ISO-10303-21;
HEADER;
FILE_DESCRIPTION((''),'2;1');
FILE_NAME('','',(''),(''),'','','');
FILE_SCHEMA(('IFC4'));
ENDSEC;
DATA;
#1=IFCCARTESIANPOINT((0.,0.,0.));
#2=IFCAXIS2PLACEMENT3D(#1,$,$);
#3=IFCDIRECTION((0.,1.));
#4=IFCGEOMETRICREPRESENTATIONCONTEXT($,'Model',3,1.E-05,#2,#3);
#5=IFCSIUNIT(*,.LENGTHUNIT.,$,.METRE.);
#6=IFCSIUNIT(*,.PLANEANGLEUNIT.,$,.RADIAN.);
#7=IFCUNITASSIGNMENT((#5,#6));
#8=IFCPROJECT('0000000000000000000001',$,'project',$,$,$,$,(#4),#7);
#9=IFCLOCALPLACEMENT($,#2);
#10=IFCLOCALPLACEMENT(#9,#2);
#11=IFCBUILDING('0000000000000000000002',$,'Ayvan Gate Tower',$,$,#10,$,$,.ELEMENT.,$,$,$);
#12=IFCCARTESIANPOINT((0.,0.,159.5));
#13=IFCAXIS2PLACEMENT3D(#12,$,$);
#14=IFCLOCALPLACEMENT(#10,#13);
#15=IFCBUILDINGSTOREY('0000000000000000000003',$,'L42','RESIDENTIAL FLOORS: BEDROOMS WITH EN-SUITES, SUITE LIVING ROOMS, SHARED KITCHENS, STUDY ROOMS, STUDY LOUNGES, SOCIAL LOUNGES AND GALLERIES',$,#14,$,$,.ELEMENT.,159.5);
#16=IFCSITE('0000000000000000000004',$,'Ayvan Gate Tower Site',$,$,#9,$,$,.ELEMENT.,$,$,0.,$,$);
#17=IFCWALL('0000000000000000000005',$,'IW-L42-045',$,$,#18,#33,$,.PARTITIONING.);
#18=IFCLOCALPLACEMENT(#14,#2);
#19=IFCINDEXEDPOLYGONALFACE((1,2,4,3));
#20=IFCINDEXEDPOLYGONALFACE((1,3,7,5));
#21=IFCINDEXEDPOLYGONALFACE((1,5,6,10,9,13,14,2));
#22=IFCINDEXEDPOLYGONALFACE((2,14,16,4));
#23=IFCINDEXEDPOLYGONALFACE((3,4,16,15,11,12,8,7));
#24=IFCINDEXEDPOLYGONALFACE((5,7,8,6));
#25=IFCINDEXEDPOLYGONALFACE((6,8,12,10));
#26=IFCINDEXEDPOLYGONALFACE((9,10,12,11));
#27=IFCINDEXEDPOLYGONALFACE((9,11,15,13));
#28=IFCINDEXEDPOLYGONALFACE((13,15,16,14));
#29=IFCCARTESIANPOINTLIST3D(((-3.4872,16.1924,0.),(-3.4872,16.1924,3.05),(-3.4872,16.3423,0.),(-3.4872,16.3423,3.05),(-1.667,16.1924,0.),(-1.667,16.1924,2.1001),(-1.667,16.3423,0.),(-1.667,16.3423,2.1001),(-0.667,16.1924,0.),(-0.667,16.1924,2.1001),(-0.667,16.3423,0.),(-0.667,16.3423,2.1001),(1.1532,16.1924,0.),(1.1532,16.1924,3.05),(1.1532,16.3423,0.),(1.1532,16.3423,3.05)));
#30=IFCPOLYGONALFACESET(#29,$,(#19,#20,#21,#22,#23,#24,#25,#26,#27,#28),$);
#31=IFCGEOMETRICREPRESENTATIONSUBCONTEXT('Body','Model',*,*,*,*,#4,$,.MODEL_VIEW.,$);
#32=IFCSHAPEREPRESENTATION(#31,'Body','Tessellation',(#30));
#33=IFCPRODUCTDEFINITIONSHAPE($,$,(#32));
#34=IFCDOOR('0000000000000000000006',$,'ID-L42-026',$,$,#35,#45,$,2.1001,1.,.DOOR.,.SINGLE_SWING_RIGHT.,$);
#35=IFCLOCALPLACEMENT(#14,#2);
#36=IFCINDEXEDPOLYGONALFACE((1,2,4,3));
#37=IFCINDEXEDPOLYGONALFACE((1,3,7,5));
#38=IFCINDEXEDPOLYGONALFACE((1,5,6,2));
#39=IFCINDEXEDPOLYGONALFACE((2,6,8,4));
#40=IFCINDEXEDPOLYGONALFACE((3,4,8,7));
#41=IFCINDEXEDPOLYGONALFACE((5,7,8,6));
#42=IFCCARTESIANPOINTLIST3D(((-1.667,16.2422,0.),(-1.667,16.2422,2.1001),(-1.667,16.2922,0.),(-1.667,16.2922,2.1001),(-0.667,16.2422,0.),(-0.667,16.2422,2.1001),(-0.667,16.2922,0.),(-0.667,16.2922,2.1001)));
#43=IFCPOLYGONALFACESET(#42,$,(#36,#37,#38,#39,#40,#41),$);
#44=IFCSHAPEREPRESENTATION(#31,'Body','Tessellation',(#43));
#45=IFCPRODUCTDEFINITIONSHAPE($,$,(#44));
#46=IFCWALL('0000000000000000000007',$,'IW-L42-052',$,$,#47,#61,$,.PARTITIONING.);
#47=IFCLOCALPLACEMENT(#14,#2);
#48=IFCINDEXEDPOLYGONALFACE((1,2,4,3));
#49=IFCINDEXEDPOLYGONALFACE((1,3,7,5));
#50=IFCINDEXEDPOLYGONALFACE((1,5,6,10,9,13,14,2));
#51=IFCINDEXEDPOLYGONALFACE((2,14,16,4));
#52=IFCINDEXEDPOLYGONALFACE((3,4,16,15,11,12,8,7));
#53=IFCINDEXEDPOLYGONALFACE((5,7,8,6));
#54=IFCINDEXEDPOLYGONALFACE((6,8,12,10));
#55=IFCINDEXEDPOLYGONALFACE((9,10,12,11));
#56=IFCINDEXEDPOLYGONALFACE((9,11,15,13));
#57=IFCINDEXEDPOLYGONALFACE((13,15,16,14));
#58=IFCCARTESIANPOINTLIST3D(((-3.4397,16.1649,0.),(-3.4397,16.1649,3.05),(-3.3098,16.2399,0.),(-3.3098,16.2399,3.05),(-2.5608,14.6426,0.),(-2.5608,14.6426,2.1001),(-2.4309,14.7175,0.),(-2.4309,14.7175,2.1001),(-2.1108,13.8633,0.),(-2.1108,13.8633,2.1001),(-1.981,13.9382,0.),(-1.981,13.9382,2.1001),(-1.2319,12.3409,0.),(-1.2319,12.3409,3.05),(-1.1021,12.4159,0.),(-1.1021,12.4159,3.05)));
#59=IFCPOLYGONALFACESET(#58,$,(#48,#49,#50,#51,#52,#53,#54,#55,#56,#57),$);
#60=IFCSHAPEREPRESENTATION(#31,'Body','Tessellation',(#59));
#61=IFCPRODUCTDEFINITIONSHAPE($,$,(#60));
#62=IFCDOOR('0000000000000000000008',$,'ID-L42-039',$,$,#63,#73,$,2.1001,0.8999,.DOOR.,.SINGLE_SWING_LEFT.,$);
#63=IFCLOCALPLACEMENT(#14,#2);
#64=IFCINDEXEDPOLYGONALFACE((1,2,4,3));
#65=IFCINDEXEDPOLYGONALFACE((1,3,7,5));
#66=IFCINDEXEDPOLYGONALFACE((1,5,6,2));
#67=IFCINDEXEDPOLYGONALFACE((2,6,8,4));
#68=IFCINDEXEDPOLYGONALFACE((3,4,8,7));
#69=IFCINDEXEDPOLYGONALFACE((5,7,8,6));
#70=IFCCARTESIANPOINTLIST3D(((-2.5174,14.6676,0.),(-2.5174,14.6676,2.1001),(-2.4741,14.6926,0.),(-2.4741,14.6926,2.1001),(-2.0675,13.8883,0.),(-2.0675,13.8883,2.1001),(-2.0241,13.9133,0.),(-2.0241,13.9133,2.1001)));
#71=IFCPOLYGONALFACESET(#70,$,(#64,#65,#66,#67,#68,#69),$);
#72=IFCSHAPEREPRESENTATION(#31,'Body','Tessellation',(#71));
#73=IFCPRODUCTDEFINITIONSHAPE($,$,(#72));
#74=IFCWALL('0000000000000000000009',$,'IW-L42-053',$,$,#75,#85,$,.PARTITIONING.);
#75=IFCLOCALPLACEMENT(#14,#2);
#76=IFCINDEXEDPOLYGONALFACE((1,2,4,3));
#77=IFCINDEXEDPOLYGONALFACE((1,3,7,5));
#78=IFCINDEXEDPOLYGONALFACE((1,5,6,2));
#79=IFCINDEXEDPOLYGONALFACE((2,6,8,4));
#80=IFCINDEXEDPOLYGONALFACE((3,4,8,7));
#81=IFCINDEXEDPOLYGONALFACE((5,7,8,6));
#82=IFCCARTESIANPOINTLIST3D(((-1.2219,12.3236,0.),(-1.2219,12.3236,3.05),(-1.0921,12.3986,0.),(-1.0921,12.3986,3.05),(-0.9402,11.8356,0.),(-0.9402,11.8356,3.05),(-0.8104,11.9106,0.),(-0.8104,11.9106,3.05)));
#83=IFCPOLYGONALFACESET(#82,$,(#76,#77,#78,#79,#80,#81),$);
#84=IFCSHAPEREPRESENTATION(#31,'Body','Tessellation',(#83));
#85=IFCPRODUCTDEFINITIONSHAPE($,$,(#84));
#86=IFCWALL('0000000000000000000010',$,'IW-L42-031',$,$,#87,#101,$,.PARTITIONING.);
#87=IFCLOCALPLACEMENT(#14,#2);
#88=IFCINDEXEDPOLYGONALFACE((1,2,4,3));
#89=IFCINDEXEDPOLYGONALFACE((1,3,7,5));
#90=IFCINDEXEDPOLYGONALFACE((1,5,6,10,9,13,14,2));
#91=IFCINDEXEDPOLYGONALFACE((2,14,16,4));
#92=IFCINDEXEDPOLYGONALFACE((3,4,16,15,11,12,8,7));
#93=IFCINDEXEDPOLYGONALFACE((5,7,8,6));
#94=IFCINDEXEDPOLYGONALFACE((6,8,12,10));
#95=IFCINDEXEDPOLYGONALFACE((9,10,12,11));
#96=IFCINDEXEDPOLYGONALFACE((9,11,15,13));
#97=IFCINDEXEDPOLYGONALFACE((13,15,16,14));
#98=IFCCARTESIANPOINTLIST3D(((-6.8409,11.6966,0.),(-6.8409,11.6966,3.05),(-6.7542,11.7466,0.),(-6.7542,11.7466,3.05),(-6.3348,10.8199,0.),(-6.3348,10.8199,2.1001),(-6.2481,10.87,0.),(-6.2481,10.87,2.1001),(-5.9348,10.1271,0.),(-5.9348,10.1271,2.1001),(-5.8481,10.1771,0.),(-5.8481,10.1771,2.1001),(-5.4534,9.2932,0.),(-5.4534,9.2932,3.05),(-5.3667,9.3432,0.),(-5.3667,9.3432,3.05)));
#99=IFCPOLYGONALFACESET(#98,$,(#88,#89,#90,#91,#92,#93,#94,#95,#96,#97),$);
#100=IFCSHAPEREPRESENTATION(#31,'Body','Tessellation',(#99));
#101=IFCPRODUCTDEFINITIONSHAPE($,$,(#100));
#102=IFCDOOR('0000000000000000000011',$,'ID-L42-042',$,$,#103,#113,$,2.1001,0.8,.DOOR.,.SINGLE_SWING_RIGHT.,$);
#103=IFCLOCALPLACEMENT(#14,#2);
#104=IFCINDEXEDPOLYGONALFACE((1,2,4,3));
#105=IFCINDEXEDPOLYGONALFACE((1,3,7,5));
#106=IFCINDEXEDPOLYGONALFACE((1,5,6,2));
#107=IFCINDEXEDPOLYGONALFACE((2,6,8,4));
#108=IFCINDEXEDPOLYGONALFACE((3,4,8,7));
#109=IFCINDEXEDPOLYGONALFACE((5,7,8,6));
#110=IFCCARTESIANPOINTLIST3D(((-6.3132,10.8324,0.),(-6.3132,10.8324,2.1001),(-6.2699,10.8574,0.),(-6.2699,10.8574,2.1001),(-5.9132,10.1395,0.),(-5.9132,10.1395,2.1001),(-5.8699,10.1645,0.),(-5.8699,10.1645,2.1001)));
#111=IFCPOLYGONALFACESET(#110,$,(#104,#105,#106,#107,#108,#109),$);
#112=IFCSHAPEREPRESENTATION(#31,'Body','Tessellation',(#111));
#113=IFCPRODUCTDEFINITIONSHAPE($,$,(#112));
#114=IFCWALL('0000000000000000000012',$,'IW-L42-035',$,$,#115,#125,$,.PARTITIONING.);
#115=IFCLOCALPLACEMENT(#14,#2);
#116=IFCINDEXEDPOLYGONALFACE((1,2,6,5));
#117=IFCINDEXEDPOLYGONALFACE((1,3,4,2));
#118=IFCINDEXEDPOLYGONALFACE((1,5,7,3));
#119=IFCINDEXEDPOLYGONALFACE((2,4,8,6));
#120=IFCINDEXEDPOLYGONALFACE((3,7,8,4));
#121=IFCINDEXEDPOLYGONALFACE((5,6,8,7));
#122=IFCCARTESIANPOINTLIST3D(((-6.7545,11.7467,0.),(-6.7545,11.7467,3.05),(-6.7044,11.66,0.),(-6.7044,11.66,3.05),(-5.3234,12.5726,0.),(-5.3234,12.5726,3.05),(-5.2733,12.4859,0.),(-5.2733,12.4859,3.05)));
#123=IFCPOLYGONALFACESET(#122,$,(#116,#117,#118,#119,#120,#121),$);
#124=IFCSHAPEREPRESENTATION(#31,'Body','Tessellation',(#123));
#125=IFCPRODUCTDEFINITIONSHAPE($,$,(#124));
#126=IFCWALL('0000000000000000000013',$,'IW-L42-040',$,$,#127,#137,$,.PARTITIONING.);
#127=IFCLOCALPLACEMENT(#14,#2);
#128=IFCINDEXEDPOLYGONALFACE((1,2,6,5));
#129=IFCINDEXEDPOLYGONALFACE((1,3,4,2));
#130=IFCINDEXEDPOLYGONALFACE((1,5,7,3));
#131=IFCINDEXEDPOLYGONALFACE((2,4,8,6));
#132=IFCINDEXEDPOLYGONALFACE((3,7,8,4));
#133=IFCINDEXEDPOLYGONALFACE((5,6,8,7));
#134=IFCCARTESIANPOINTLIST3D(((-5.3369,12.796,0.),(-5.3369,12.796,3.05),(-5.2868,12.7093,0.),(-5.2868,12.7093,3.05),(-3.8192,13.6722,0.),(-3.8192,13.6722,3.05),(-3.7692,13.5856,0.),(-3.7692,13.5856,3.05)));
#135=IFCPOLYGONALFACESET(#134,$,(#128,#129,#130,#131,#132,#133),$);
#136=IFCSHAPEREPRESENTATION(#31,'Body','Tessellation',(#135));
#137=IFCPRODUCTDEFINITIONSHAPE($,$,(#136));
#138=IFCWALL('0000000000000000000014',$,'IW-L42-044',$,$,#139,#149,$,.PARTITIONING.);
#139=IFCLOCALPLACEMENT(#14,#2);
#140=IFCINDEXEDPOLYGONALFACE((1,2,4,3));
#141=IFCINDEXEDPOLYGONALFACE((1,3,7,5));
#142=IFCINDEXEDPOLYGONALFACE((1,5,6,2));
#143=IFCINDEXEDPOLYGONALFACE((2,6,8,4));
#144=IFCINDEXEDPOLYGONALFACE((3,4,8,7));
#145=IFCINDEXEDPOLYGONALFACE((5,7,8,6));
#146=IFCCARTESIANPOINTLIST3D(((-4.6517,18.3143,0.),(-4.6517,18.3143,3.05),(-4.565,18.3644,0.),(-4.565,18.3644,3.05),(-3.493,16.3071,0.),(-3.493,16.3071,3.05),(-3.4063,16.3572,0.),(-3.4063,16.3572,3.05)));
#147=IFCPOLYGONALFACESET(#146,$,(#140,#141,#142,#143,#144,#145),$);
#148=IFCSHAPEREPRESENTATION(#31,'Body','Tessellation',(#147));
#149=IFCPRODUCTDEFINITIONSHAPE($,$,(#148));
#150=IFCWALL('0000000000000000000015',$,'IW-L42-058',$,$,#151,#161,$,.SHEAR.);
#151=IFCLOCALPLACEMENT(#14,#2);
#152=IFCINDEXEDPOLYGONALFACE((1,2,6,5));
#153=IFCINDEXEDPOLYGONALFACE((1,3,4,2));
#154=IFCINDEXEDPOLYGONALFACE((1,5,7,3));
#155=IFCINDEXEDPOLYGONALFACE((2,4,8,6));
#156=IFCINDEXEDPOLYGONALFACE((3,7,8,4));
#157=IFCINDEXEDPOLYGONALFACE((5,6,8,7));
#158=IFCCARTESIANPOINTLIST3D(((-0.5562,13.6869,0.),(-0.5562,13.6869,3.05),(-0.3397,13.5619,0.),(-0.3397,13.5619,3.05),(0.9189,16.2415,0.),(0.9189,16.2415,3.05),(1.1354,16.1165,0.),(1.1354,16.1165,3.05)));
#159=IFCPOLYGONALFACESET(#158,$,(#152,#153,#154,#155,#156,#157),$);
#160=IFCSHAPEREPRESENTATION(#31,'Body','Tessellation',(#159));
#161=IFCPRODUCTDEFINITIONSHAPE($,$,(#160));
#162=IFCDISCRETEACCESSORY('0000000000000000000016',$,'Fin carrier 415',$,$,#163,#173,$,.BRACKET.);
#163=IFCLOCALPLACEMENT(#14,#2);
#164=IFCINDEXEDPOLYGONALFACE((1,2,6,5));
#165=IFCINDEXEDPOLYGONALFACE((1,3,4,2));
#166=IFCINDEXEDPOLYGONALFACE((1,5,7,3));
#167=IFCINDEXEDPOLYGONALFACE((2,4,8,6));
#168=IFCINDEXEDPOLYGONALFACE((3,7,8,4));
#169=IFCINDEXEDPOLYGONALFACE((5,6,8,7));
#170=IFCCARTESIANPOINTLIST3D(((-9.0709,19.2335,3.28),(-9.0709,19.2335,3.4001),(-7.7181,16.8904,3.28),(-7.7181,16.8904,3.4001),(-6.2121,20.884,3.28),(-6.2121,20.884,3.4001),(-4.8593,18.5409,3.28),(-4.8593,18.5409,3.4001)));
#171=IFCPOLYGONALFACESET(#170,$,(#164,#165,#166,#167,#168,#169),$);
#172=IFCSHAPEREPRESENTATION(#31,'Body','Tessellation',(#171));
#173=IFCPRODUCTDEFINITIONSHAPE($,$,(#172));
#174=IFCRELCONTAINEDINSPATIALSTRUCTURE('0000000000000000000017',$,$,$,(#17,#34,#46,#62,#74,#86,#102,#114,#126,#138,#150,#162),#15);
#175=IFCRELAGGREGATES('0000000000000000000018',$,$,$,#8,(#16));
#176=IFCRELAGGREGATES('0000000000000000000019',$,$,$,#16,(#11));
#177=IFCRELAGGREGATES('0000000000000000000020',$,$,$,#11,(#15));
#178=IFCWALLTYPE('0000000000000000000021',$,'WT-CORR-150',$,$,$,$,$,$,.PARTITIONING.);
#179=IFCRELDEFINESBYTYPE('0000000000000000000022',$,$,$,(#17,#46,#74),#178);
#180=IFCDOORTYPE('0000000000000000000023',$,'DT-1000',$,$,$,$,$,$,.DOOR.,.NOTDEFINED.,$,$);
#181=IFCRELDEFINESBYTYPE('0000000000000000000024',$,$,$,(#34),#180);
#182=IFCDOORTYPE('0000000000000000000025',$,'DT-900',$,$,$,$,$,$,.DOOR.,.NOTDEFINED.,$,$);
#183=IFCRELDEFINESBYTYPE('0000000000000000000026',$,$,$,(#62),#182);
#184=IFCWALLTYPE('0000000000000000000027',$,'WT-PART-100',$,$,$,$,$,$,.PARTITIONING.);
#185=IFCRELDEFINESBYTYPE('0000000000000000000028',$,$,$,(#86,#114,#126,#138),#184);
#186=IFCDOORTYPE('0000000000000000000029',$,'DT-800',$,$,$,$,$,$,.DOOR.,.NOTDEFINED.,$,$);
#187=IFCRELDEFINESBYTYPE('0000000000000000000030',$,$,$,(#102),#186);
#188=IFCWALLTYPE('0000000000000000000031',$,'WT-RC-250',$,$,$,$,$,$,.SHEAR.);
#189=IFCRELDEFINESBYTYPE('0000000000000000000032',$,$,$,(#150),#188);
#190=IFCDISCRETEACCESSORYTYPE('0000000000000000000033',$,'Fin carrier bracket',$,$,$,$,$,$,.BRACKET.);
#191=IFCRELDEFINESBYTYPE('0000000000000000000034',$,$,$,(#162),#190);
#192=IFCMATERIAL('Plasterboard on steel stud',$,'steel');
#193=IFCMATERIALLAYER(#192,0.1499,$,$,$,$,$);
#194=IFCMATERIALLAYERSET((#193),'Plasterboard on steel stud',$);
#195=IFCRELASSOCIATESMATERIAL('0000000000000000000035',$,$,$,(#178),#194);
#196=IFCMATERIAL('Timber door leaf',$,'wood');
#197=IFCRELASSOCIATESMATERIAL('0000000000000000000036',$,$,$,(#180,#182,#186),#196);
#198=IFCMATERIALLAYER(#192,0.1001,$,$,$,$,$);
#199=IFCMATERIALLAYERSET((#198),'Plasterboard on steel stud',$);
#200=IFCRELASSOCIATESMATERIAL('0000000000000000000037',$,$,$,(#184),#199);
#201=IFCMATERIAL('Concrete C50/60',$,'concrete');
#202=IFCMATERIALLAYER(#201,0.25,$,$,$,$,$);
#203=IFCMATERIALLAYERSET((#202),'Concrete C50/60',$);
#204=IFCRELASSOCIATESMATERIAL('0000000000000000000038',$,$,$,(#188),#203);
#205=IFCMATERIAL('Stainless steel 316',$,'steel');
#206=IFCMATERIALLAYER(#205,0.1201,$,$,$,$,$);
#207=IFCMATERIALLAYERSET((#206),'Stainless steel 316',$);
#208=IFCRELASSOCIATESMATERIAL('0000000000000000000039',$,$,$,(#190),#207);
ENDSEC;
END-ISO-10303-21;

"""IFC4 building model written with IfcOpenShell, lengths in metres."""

from ifc_helpers import new_model, si_unit, direction, frame, frame_2d, origin, origin_2d, place, context, subcontext, project, spatial, rectangle, extrude, material, layer, layer_set, type_object, element, fill, save


model = new_model("IFC4")

# Units and contexts
model_context = context("Model", 3, precision=1e-05, world=origin(), true_north=direction((0.0, 1.0)))
body_context = subcontext(model_context, "Body", "Model", "MODEL_VIEW")
ifc_project = project(units=[si_unit("LENGTHUNIT", "METRE"), si_unit("PLANEANGLEUNIT", "RADIAN")], contexts=[model_context])

# Site, building, storey
site_placement = place(None, origin())
site = spatial("IfcSite", under=ifc_project, at=site_placement, Name="Ayvan Gate Tower Site", CompositionType="ELEMENT", RefElevation=0.0)
building_placement = place(site_placement, origin())
building = spatial("IfcBuilding", under=site, at=building_placement, Name="Ayvan Gate Tower", CompositionType="ELEMENT")
storey_placement = place(building_placement, frame((0.0, 0.0, 159.5)))
storey = spatial("IfcBuildingStorey", under=building, at=storey_placement, Name="L42", Description="RESIDENTIAL FLOORS: BEDROOMS WITH EN-SUITES, SUITE LIVING ROOMS, SHARED KITCHENS, STUDY ROOMS, STUDY LOUNGES, SOCIAL LOUNGES AND GALLERIES", CompositionType="ELEMENT", Elevation=159.5)

# Walls, openings, doors
ifc_material_1 = material(Name="Plasterboard on steel stud", Category="steel")
ifc_layer_1 = layer(ifc_material_1, 0.1499)
ifc_layer_set_1 = layer_set([ifc_layer_1], Name="Plasterboard on steel stud")
wall_type_1 = type_object("IfcWallType", Name="WT-CORR-150", PredefinedType="PARTITIONING", material=ifc_layer_set_1)
wall_1_placement = place(storey_placement, frame((-3.4873, 16.2673, 0.0), z_axis=(0.0, 0.0, 1.0), x_axis=(1.0, 0.0, 0.0)))
wall_1 = element("IfcWall", 1, at=wall_1_placement, inside=storey, type_object=wall_type_1, Name="IW-L42-045", PredefinedType="PARTITIONING", context=body_context, shape_type="SweptSolid", body=[
    extrude(rectangle(XDim=4.6404, YDim=0.1499, at=frame_2d((2.3203, 0.0))), origin(), (0.0, 0.0, 1.0), 3.05),
])
opening_1_placement = place(wall_1_placement, frame((1.8203, 0.0, 0.0)))
opening_1 = element("IfcOpeningElement", 2, at=opening_1_placement, cuts=wall_1, PredefinedType="OPENING", context=body_context, shape_type="SweptSolid", body=[
    extrude(rectangle(XDim=1.0, YDim=2.1001, at=frame_2d((0.5, 1.05))), frame((0.0, 0.085, 0.0), z_axis=(0.0, -1.0, 0.0), x_axis=(1.0, 0.0, 0.0)), (0.0, 0.0, 1.0), 0.1699),
])
ifc_material_2 = material(Name="Timber door leaf", Category="wood")
door_type_1 = type_object("IfcDoorType", Name="DT-1000", OperationType="NOTDEFINED", PredefinedType="DOOR", material=ifc_material_2)
door_1_placement = place(opening_1_placement, origin())
door_1 = element("IfcDoor", 3, at=door_1_placement, inside=storey, type_object=door_type_1, Name="ID-L42-026", OperationType="SINGLE_SWING_RIGHT", OverallHeight=2.1001, OverallWidth=1.0, PredefinedType="DOOR", context=body_context, shape_type="SweptSolid", body=[
    extrude(rectangle(XDim=1.0, YDim=2.1001, at=frame_2d((0.5, 1.05))), frame((0.0, 0.0249, 0.0), z_axis=(0.0, -1.0, 0.0), x_axis=(1.0, 0.0, 0.0)), (0.0, 0.0, 1.0), 0.05),
])
fill(opening_1, door_1)
wall_2_placement = place(storey_placement, frame((-1.167, 12.3784, 0.0), z_axis=(0.0, 0.0, 1.0), x_axis=(-0.499998, 0.866026, 0.0)))
wall_2 = element("IfcWall", 4, at=wall_2_placement, inside=storey, type_object=wall_type_1, Name="IW-L42-052", PredefinedType="PARTITIONING", context=body_context, shape_type="SweptSolid", body=[
    extrude(rectangle(XDim=4.4155, YDim=0.1499, at=frame_2d((2.2078, 0.0))), origin(), (0.0, 0.0, 1.0), 3.05),
])
opening_2_placement = place(wall_2_placement, frame((1.7578, 0.0, 0.0)))
opening_2 = element("IfcOpeningElement", 5, at=opening_2_placement, cuts=wall_2, PredefinedType="OPENING", context=body_context, shape_type="SweptSolid", body=[
    extrude(rectangle(XDim=0.8999, YDim=2.1001, at=frame_2d((0.45, 1.05))), frame((0.0, 0.085, 0.0), z_axis=(0.0, -1.0, 0.0), x_axis=(1.0, 0.0, 0.0)), (0.0, 0.0, 1.0), 0.1699),
])
door_type_2 = type_object("IfcDoorType", Name="DT-900", OperationType="NOTDEFINED", PredefinedType="DOOR", material=ifc_material_2)
door_2_placement = place(opening_2_placement, origin())
door_2 = element("IfcDoor", 6, at=door_2_placement, inside=storey, type_object=door_type_2, Name="ID-L42-039", OperationType="SINGLE_SWING_LEFT", OverallHeight=2.1001, OverallWidth=0.8999, PredefinedType="DOOR", context=body_context, shape_type="SweptSolid", body=[
    extrude(rectangle(XDim=0.8999, YDim=2.1001, at=frame_2d((0.45, 1.05))), frame((0.0, 0.0249, 0.0), z_axis=(0.0, -1.0, 0.0), x_axis=(1.0, 0.0, 0.0)), (0.0, 0.0, 1.0), 0.05),
])
fill(opening_2, door_2)

# Wall
wall_3_placement = place(storey_placement, frame((-1.157, 12.3611, 0.0), z_axis=(0.0, 0.0, 1.0), x_axis=(0.49996, -0.866049, 0.0)))
element("IfcWall", 7, at=wall_3_placement, inside=storey, type_object=wall_type_1, Name="IW-L42-053", PredefinedType="PARTITIONING", context=body_context, shape_type="SweptSolid", body=[
    extrude(rectangle(XDim=0.5635, YDim=0.1499, at=frame_2d((0.2817, 0.0))), origin(), (0.0, 0.0, 1.0), 3.05),
])

# Wall, opening, door
ifc_layer_2 = layer(ifc_material_1, 0.1001)
ifc_layer_set_2 = layer_set([ifc_layer_2], Name="Plasterboard on steel stud")
wall_type_2 = type_object("IfcWallType", Name="WT-PART-100", PredefinedType="PARTITIONING", material=ifc_layer_set_2)
wall_4_placement = place(storey_placement, frame((-6.7976, 11.7217, 0.0), z_axis=(0.0, 0.0, 1.0), x_axis=(0.499971, -0.866042, 0.0)))
wall_4 = element("IfcWall", 8, at=wall_4_placement, inside=storey, type_object=wall_type_2, Name="IW-L42-031", PredefinedType="PARTITIONING", context=body_context, shape_type="SweptSolid", body=[
    extrude(rectangle(XDim=2.7751, YDim=0.1001, at=frame_2d((1.3877, 0.0))), origin(), (0.0, 0.0, 1.0), 3.05),
])
opening_3_placement = place(wall_4_placement, frame((1.0125, 0.0, 0.0)))
opening_3 = element("IfcOpeningElement", 9, at=opening_3_placement, cuts=wall_4, PredefinedType="OPENING", context=body_context, shape_type="SweptSolid", body=[
    extrude(rectangle(XDim=0.8, YDim=2.1001, at=frame_2d((0.3999, 1.05))), frame((0.0, 0.0601, 0.0), z_axis=(0.0, -1.0, 0.0), x_axis=(1.0, 0.0, 0.0)), (0.0, 0.0, 1.0), 0.1201),
])
door_type_3 = type_object("IfcDoorType", Name="DT-800", OperationType="NOTDEFINED", PredefinedType="DOOR", material=ifc_material_2)
door_3_placement = place(opening_3_placement, origin())
door_3 = element("IfcDoor", 10, at=door_3_placement, inside=storey, type_object=door_type_3, Name="ID-L42-042", OperationType="SINGLE_SWING_RIGHT", OverallHeight=2.1001, OverallWidth=0.8, PredefinedType="DOOR", context=body_context, shape_type="SweptSolid", body=[
    extrude(rectangle(XDim=0.8, YDim=2.1001, at=frame_2d((0.3999, 1.05))), frame((0.0, 0.0249, 0.0), z_axis=(0.0, -1.0, 0.0), x_axis=(1.0, 0.0, 0.0)), (0.0, 0.0, 1.0), 0.05),
])
fill(opening_3, door_3)

# Walls
wall_5_placement = place(storey_placement, frame((-5.2983, 12.5293, 0.0), z_axis=(0.0, 0.0, 1.0), x_axis=(-0.866117, -0.499842, 0.0)))
element("IfcWall", 11, at=wall_5_placement, inside=storey, type_object=wall_type_2, Name="IW-L42-035", PredefinedType="PARTITIONING", context=body_context, shape_type="SweptSolid", body=[
    extrude(rectangle(XDim=1.6523, YDim=0.1001, at=frame_2d((0.8262, 0.0))), origin(), (0.0, 0.0, 1.0), 3.05),
])
wall_6_placement = place(storey_placement, frame((-3.7942, 13.6289, 0.0), z_axis=(0.0, 0.0, 1.0), x_axis=(-0.866014, -0.50002, 0.0)))
element("IfcWall", 12, at=wall_6_placement, inside=storey, type_object=wall_type_2, Name="IW-L42-040", PredefinedType="PARTITIONING", context=body_context, shape_type="SweptSolid", body=[
    extrude(rectangle(XDim=1.7524, YDim=0.1001, at=frame_2d((0.8762, 0.0))), origin(), (0.0, 0.0, 1.0), 3.05),
])
wall_7_placement = place(storey_placement, frame((-3.4497, 16.3323, 0.0), z_axis=(0.0, 0.0, 1.0), x_axis=(-0.499969, 0.866043, 0.0)))
element("IfcWall", 13, at=wall_7_placement, inside=storey, type_object=wall_type_2, Name="IW-L42-044", PredefinedType="PARTITIONING", context=body_context, shape_type="SweptSolid", body=[
    extrude(rectangle(XDim=2.3176, YDim=0.1001, at=frame_2d((1.1587, 0.0))), origin(), (0.0, 0.0, 1.0), 3.05),
])
ifc_material_3 = material(Name="Concrete C50/60", Category="concrete")
ifc_layer_3 = layer(ifc_material_3, 0.25)
ifc_layer_set_3 = layer_set([ifc_layer_3], Name="Concrete C50/60")
wall_type_3 = type_object("IfcWallType", Name="WT-RC-250", PredefinedType="SHEAR", material=ifc_layer_set_3)
wall_8_placement = place(storey_placement, frame((-0.448, 13.6243, 0.0), z_axis=(0.0, 0.0, 1.0), x_axis=(0.500038, 0.866004, 0.0)))
element("IfcWall", 14, at=wall_8_placement, inside=storey, type_object=wall_type_3, Name="IW-L42-058", PredefinedType="SHEAR", context=body_context, shape_type="SweptSolid", body=[
    extrude(rectangle(XDim=2.95, YDim=0.25, at=frame_2d((1.4751, 0.0))), origin(), (0.0, 0.0, 1.0), 3.05),
])

# Discrete accessory
ifc_material_4 = material(Name="Stainless steel 316", Category="steel")
ifc_layer_4 = layer(ifc_material_4, 0.1201)
ifc_layer_set_4 = layer_set([ifc_layer_4], Name="Stainless steel 316")
discrete_accessory_type = type_object("IfcDiscreteAccessoryType", Name="Fin carrier bracket", PredefinedType="BRACKET", material=ifc_layer_set_4)
discrete_accessory_1_placement = place(storey_placement, frame((-6.9651, 18.8872, 3.28), z_axis=(0.0, 0.0, 1.0), x_axis=(-0.866025, -0.5, 0.0)))
element("IfcDiscreteAccessory", 15, at=discrete_accessory_1_placement, inside=storey, type_object=discrete_accessory_type, Name="Fin carrier 415", PredefinedType="BRACKET", context=body_context, shape_type="SweptSolid", body=[
    extrude(rectangle(XDim=3.301, YDim=2.7056, at=origin_2d()), origin(), (0.0, 0.0, 1.0), 0.1201),
])

save(model, "model.ifc")
